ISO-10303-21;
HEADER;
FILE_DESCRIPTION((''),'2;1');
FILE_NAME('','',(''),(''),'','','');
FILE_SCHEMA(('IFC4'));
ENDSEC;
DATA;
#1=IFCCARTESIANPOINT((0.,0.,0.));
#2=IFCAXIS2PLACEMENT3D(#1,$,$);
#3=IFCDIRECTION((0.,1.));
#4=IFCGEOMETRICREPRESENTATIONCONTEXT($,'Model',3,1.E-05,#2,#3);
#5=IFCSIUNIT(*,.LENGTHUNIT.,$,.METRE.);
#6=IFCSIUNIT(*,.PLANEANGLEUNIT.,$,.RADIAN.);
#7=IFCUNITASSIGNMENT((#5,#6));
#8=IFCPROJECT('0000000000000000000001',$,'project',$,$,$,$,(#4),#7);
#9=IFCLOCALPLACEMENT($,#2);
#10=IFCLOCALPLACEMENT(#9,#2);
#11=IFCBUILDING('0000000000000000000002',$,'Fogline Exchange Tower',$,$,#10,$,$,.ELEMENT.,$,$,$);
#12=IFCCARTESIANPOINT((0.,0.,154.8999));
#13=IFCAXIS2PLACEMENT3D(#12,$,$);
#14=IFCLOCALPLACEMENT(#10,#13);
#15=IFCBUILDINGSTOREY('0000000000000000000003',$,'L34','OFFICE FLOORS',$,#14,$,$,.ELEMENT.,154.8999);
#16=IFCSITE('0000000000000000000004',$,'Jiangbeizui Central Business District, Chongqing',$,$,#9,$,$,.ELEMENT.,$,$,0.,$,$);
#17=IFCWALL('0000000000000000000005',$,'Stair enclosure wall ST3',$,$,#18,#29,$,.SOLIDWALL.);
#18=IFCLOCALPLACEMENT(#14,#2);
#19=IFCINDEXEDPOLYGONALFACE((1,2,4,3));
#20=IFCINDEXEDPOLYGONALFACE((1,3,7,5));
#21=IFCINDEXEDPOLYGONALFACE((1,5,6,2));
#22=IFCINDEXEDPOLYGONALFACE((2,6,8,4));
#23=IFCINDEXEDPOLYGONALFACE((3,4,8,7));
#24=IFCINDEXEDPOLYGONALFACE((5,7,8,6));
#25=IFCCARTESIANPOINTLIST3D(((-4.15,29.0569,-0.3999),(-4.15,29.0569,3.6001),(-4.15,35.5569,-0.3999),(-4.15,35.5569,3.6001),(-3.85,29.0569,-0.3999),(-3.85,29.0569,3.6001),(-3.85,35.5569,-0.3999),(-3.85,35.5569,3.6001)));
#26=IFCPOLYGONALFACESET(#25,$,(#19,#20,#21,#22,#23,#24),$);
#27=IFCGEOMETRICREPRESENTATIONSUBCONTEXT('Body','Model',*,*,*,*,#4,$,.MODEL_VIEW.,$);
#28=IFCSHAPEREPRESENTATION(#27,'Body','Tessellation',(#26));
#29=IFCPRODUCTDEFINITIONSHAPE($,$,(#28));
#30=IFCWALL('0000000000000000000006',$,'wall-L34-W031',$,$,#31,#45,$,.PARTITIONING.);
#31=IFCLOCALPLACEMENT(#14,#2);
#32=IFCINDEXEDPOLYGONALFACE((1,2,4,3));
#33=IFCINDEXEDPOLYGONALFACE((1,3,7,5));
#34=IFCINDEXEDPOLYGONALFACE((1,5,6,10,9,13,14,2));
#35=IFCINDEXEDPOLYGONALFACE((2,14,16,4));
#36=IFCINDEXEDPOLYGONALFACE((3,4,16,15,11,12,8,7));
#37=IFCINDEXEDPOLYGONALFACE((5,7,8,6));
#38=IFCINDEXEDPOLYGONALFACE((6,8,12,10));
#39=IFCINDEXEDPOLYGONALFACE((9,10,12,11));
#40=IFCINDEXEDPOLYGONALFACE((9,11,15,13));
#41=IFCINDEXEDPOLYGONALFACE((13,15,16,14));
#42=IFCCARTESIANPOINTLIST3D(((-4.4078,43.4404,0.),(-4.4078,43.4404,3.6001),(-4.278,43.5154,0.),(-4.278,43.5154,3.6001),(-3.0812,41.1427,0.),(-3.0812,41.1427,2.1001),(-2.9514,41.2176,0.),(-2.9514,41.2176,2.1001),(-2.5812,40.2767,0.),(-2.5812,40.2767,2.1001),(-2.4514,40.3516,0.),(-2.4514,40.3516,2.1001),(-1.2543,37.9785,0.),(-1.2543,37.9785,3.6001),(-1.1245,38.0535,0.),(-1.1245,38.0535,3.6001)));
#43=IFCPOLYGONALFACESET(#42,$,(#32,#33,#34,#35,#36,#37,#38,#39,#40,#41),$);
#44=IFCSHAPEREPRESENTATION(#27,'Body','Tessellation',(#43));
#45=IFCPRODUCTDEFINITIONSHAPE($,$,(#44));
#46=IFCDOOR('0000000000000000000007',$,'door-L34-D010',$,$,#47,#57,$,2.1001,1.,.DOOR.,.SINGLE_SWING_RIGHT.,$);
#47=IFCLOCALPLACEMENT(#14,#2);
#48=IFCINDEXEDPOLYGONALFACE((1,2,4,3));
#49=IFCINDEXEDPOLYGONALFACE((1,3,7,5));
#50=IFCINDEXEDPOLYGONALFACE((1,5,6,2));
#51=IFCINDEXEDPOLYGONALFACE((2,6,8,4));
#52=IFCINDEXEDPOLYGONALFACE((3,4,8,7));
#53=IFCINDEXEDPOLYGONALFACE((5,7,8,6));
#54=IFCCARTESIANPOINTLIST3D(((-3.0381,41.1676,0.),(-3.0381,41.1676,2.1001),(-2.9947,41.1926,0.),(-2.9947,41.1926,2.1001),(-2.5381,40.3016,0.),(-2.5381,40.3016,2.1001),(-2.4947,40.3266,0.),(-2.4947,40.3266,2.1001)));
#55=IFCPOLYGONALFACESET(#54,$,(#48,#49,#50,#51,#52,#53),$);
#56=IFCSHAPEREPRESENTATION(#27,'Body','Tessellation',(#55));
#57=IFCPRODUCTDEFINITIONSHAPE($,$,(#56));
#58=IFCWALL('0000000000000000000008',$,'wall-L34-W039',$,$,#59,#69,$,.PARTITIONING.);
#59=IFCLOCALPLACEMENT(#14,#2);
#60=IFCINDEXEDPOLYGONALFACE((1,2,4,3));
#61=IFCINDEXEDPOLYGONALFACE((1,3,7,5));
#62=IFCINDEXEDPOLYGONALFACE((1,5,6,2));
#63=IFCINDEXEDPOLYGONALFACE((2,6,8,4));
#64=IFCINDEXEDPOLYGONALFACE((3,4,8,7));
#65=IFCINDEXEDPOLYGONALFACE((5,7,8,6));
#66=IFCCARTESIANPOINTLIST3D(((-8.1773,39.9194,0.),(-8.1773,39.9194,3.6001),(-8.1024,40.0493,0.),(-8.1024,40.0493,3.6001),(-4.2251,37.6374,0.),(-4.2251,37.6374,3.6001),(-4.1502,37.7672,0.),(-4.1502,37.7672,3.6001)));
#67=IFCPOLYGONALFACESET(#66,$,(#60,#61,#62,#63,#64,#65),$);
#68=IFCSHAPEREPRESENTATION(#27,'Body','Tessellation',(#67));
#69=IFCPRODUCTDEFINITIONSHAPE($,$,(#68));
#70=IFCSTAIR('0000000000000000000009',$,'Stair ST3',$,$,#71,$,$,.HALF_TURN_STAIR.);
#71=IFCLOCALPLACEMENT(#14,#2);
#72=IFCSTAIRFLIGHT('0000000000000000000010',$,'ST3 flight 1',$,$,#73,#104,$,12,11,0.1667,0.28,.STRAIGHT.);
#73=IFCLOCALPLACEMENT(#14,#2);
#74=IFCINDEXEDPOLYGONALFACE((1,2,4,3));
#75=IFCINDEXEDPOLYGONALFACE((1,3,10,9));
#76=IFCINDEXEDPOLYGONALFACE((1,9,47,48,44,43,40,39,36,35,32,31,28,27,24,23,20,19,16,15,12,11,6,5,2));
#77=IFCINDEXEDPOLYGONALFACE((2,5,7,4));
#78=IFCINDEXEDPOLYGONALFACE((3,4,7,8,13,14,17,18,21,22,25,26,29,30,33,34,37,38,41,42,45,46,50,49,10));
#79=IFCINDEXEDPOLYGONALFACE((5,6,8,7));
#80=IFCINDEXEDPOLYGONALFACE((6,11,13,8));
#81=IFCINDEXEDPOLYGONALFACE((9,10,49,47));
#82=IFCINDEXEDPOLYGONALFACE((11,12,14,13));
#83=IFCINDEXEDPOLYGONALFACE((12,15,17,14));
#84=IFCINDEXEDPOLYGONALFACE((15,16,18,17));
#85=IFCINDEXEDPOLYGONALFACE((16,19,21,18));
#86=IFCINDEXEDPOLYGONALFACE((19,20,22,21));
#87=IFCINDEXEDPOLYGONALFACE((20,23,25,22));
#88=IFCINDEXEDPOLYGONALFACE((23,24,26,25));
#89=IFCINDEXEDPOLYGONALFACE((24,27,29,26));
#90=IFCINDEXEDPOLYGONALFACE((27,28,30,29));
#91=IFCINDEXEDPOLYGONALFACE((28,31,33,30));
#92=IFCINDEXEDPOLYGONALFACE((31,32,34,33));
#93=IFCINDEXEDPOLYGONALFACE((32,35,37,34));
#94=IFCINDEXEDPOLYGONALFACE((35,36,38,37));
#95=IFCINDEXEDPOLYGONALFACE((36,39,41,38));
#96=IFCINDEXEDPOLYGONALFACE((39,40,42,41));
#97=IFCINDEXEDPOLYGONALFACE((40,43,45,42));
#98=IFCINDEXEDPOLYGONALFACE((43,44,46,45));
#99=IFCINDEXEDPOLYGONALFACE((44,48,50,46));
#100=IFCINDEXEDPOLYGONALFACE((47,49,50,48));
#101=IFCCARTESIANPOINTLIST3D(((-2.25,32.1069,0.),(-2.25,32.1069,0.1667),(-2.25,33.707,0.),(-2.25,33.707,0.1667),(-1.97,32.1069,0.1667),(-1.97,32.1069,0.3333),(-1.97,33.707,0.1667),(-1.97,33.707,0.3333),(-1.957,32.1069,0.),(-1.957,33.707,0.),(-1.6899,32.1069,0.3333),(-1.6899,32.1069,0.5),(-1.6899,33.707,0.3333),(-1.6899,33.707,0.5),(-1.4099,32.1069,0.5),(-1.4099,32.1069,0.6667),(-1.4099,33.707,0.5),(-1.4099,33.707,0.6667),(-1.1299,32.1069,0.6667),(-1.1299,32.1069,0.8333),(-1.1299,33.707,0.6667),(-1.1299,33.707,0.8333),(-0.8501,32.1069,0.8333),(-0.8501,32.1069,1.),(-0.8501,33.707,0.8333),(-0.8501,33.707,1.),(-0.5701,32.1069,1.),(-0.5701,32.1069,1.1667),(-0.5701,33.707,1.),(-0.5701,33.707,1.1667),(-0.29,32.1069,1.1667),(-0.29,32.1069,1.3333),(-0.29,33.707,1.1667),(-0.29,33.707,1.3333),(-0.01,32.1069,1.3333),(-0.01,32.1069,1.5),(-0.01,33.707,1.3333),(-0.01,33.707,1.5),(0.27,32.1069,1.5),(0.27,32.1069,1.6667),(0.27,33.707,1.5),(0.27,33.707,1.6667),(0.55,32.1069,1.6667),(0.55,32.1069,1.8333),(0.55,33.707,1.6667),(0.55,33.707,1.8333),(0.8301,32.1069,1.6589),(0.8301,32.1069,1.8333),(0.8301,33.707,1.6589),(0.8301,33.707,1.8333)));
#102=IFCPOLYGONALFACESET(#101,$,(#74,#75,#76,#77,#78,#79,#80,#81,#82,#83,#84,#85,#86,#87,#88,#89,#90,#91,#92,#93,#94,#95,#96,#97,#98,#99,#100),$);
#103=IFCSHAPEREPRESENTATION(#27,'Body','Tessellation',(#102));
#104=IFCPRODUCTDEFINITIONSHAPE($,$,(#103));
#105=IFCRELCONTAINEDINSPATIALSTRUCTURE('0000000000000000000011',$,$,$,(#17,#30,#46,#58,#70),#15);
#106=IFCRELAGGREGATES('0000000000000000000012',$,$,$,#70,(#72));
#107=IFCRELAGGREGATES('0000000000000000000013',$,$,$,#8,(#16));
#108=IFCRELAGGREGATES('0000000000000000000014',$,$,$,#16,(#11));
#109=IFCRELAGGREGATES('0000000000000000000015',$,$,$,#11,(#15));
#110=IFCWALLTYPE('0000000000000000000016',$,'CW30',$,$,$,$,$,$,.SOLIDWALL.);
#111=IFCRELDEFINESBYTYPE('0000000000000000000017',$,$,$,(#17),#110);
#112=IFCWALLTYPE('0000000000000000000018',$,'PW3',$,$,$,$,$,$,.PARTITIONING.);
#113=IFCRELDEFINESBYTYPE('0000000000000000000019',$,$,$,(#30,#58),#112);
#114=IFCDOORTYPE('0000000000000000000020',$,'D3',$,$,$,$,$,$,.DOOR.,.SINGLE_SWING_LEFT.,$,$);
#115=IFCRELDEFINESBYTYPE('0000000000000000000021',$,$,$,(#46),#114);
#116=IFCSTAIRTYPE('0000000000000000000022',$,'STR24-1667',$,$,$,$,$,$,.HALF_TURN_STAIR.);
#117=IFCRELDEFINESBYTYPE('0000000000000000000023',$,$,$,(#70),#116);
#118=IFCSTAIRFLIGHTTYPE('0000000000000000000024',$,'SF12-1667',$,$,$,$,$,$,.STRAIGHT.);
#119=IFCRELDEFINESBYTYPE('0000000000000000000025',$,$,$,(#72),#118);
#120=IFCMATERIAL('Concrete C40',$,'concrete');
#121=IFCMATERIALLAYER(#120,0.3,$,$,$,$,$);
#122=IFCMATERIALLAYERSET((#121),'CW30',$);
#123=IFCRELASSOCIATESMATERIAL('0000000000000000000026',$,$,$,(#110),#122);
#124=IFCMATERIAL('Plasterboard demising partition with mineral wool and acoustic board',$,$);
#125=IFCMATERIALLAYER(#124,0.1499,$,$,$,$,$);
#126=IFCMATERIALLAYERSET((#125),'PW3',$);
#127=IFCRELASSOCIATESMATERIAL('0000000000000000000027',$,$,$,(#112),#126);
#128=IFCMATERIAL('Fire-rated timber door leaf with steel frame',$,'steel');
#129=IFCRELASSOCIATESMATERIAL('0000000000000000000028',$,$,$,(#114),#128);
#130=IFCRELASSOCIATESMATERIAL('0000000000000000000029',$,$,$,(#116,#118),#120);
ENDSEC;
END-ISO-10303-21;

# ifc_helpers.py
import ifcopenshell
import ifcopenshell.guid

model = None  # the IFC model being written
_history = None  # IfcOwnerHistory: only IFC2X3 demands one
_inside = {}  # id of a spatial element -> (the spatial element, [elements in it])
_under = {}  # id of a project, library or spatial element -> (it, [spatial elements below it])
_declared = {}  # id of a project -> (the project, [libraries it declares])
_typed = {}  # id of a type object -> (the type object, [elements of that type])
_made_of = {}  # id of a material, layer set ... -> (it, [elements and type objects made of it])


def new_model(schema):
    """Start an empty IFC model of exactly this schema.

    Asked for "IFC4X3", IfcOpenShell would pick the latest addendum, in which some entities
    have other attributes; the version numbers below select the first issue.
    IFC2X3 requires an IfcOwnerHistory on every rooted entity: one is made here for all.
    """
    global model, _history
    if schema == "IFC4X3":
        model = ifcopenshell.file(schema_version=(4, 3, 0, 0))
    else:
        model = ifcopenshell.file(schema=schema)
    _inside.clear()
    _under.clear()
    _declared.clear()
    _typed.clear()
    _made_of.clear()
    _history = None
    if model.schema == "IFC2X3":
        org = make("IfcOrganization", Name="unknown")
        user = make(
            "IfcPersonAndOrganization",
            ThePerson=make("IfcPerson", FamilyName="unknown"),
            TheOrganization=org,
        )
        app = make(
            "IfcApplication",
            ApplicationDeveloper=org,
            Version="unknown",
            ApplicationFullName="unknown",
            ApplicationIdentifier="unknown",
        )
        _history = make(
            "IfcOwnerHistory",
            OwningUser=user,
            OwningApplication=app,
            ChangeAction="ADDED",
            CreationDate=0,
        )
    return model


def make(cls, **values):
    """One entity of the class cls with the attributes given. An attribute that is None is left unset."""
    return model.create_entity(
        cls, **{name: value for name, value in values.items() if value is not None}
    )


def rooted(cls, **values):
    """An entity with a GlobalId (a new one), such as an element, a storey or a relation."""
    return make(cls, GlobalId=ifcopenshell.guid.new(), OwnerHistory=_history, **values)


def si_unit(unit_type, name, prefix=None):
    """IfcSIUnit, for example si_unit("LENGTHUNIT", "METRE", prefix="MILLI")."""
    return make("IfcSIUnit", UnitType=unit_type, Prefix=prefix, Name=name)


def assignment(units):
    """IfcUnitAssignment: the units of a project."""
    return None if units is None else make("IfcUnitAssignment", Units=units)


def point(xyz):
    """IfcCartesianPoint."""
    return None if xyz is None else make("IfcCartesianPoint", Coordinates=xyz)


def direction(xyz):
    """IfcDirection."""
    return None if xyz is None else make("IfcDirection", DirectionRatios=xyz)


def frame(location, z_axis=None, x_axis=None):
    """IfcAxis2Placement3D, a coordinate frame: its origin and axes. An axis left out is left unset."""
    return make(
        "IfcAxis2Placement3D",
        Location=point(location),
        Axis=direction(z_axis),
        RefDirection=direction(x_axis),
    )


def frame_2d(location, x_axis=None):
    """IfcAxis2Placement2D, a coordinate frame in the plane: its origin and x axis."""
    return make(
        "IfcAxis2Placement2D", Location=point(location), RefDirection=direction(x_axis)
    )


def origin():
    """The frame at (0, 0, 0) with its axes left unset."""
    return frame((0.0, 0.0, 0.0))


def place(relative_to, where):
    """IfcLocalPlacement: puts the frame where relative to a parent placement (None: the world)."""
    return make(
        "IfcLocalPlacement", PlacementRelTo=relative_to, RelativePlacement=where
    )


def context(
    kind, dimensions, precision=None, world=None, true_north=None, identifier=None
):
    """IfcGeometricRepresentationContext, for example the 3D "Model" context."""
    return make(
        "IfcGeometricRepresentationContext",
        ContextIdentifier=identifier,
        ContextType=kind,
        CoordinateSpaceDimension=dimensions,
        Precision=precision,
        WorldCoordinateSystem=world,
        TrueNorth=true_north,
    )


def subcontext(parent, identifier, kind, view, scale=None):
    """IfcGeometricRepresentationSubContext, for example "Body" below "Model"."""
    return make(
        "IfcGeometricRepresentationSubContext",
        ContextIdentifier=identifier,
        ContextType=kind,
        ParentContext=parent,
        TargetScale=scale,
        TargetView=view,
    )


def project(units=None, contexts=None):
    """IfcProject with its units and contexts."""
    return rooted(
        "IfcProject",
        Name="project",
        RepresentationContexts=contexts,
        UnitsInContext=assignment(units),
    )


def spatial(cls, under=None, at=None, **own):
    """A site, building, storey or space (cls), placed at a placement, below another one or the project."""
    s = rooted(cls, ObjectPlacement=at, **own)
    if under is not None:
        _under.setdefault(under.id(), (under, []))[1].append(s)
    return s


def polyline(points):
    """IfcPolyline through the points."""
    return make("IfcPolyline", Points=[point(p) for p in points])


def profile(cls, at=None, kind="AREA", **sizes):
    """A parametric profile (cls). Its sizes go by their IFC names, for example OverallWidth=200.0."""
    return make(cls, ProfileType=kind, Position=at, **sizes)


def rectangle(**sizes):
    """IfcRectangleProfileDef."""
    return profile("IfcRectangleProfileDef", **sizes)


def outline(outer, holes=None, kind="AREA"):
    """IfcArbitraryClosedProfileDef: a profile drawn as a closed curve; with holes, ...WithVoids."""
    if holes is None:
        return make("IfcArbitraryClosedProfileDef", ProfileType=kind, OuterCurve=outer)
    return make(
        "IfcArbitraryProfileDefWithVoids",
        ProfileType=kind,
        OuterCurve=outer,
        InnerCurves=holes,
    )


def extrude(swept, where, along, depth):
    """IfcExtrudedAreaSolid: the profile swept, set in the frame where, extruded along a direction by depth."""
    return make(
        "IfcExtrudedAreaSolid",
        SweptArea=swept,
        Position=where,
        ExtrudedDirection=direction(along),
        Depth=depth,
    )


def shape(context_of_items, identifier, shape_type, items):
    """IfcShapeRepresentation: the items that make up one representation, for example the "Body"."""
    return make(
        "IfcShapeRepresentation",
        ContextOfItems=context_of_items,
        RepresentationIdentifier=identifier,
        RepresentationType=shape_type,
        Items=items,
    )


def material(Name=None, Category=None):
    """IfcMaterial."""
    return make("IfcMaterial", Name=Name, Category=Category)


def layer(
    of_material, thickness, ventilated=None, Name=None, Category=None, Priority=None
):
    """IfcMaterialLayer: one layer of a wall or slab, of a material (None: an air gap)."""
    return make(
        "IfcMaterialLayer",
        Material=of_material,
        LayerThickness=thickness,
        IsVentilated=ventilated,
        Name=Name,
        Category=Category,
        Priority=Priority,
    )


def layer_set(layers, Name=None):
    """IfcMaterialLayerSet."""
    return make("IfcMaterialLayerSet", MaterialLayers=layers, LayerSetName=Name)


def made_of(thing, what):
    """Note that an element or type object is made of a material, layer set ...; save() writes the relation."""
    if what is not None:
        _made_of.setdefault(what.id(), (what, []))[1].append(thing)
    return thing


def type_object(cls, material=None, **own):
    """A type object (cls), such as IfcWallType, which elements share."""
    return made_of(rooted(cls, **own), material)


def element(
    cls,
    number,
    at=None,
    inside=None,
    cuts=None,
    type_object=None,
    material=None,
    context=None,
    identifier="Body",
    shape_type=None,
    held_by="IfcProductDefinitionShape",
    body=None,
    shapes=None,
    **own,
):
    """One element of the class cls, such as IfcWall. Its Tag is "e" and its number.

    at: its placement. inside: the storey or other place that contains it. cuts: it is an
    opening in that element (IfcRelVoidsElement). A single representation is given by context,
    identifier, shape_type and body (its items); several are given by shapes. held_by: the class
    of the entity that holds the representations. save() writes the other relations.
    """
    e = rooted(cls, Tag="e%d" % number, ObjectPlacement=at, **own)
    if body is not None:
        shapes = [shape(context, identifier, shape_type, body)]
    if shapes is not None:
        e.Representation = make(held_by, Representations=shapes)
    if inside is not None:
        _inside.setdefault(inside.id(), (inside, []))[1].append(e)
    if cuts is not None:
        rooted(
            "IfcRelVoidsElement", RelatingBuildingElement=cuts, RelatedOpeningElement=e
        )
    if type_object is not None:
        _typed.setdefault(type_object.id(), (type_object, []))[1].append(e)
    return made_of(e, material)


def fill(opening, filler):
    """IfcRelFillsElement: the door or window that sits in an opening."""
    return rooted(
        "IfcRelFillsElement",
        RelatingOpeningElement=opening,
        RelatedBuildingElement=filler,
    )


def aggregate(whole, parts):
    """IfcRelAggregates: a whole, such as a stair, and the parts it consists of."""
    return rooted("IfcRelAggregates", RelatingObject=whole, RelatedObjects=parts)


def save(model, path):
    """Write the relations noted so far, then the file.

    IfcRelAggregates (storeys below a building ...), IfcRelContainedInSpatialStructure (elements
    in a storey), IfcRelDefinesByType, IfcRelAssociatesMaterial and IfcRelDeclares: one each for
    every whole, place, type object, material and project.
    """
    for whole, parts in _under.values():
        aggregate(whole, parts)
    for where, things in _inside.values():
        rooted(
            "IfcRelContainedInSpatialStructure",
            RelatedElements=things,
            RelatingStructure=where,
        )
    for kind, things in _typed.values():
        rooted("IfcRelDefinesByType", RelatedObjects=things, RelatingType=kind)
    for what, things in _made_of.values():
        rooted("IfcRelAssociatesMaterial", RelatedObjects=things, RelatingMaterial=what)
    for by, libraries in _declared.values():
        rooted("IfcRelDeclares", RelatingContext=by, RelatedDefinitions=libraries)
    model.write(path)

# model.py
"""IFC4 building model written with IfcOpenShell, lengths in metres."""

from ifc_helpers import new_model, si_unit, direction, frame, frame_2d, origin, place, context, subcontext, project, spatial, polyline, rectangle, outline, extrude, material, layer, layer_set, type_object, element, fill, aggregate, save


model = new_model("IFC4")

# Units and contexts
model_context = context("Model", 3, precision=1e-05, world=origin(), true_north=direction((0.0, 1.0)))
body_context = subcontext(model_context, "Body", "Model", "MODEL_VIEW")
ifc_project = project(units=[si_unit("LENGTHUNIT", "METRE"), si_unit("PLANEANGLEUNIT", "RADIAN")], contexts=[model_context])

# Site, building, storey
site_placement = place(None, origin())
site = spatial("IfcSite", under=ifc_project, at=site_placement, Name="Jiangbeizui Central Business District, Chongqing", CompositionType="ELEMENT", RefElevation=0.0)
building_placement = place(site_placement, origin())
building = spatial("IfcBuilding", under=site, at=building_placement, Name="Fogline Exchange Tower", CompositionType="ELEMENT")
storey_placement = place(building_placement, frame((0.0, 0.0, 154.8999)))
storey = spatial("IfcBuildingStorey", under=building, at=storey_placement, Name="L34", Description="OFFICE FLOORS", CompositionType="ELEMENT", Elevation=154.8999)

# Shared definitions
ifc_material_1 = material(Name="Concrete C40", Category="concrete")

# Shared definitions
ifc_layer_1 = layer(ifc_material_1, 0.3)
ifc_layer_set_1 = layer_set([ifc_layer_1], Name="CW30")
wall_type_1 = type_object("IfcWallType", Name="CW30", PredefinedType="SOLIDWALL", material=ifc_layer_set_1)

# Wall
wall_1_placement = place(storey_placement, frame((-4.0, 29.0569, -0.3999), z_axis=(0.0, 0.0, 1.0), x_axis=(0.0, 1.0, 0.0)))
element("IfcWall", 1, at=wall_1_placement, inside=storey, type_object=wall_type_1, Name="Stair enclosure wall ST3", PredefinedType="SOLIDWALL", context=body_context, shape_type="SweptSolid", body=[
    extrude(rectangle(XDim=6.5, YDim=0.3, at=frame_2d((3.25, 0.0))), origin(), (0.0, 0.0, 1.0), 4.0),
])

# Wall, opening, door
ifc_material_2 = material(Name="Plasterboard demising partition with mineral wool and acoustic board")
ifc_layer_2 = layer(ifc_material_2, 0.1499)
ifc_layer_set_2 = layer_set([ifc_layer_2], Name="PW3")
wall_type_2 = type_object("IfcWallType", Name="PW3", PredefinedType="PARTITIONING", material=ifc_layer_set_2)
wall_2_placement = place(storey_placement, frame((-1.1895, 38.0161, 0.0), z_axis=(0.0, 0.0, 1.0), x_axis=(-0.500015, 0.866017, 0.0)))
wall_2 = element("IfcWall", 2, at=wall_2_placement, inside=storey, type_object=wall_type_2, Name="wall-L34-W031", PredefinedType="PARTITIONING", context=body_context, shape_type="SweptSolid", body=[
    extrude(rectangle(XDim=6.3069, YDim=0.1499, at=frame_2d((3.1533, 0.0))), origin(), (0.0, 0.0, 1.0), 3.6001),
])
opening_1_placement = place(wall_2_placement, frame((2.6536, 0.0, 0.0)))
opening_1 = element("IfcOpeningElement", 3, at=opening_1_placement, cuts=wall_2, PredefinedType="OPENING", context=body_context, shape_type="SweptSolid", body=[
    extrude(rectangle(XDim=1.0, YDim=2.1001, at=frame_2d((0.5, 1.05))), frame((0.0, 0.085, 0.0), z_axis=(0.0, -1.0, 0.0), x_axis=(1.0, 0.0, 0.0)), (0.0, 0.0, 1.0), 0.1699),
])
ifc_material_3 = material(Name="Fire-rated timber door leaf with steel frame", Category="steel")
door_type_1 = type_object("IfcDoorType", Name="D3", OperationType="SINGLE_SWING_LEFT", PredefinedType="DOOR", material=ifc_material_3)
door_1_placement = place(opening_1_placement, frame((1.0, 0.0, 0.0), z_axis=(0.0, 0.0, 1.0), x_axis=(-1.0, 0.0, 0.0)))
door_1 = element("IfcDoor", 4, at=door_1_placement, inside=storey, type_object=door_type_1, Name="door-L34-D010", OperationType="SINGLE_SWING_RIGHT", OverallHeight=2.1001, OverallWidth=1.0, PredefinedType="DOOR", context=body_context, shape_type="SweptSolid", body=[
    extrude(rectangle(XDim=1.0, YDim=2.1001, at=frame_2d((0.5, 1.05))), frame((0.0, 0.0249, 0.0), z_axis=(0.0, -1.0, 0.0), x_axis=(1.0, 0.0, 0.0)), (0.0, 0.0, 1.0), 0.05),
])
fill(opening_1, door_1)

# Wall
wall_3_placement = place(storey_placement, frame((-4.1877, 37.7024, 0.0), z_axis=(0.0, 0.0, 1.0), x_axis=(-0.866006, 0.500034, 0.0)))
element("IfcWall", 5, at=wall_3_placement, inside=storey, type_object=wall_type_2, Name="wall-L34-W039", PredefinedType="PARTITIONING", context=body_context, shape_type="SweptSolid", body=[
    extrude(rectangle(XDim=4.5637, YDim=0.1499, at=frame_2d((2.2817, 0.0))), origin(), (0.0, 0.0, 1.0), 3.6001),
])

# Stair, stair flight
stair_type = type_object("IfcStairType", Name="STR24-1667", PredefinedType="HALF_TURN_STAIR", material=ifc_material_1)
stair_placement = place(storey_placement, origin())
stair = element("IfcStair", 6, at=stair_placement, inside=storey, type_object=stair_type, Name="Stair ST3", PredefinedType="HALF_TURN_STAIR")
stair_flight_type = type_object("IfcStairFlightType", Name="SF12-1667", PredefinedType="STRAIGHT", material=ifc_material_1)
stair_flight_placement = place(storey_placement, frame((-2.25, 32.907, 0.0), z_axis=(0.0, 0.0, 1.0), x_axis=(1.0, 0.0, 0.0)))
stair_flight = element("IfcStairFlight", 7, at=stair_flight_placement, type_object=stair_flight_type, Name="ST3 flight 1", NumberOfRisers=12, NumberOfTreads=11, PredefinedType="STRAIGHT", RiserHeight=0.1667, TreadLength=0.28, context=body_context, shape_type="SweptSolid", body=[
    extrude(outline(polyline([(0.0, 0.0), (0.0, 0.1667), (0.28, 0.1667), (0.28, 0.3333), (0.5601, 0.3333), (0.5601, 0.5), (0.8401, 0.5), (0.8401, 0.6667), (1.1201, 0.6667), (1.1201, 0.8333), (1.3999, 0.8333), (1.3999, 1.0), (1.6799, 1.0), (1.6799, 1.1667), (1.96, 1.1667), (1.96, 1.3333), (2.24, 1.3333), (2.24, 1.5), (2.52, 1.5), (2.52, 1.6667), (2.8, 1.6667), (2.8, 1.8333), (3.0801, 1.8333), (3.0801, 2.0), (3.0801, 1.6589), (0.293, 0.0), (0.0, 0.0)])), frame((0.0, 0.8, 0.0), z_axis=(0.0, -1.0, 0.0), x_axis=(1.0, 0.0, 0.0)), (0.0, 0.0, 1.0), 1.6001),
])
aggregate(stair, [stair_flight])

save(model, "model.ifc")
